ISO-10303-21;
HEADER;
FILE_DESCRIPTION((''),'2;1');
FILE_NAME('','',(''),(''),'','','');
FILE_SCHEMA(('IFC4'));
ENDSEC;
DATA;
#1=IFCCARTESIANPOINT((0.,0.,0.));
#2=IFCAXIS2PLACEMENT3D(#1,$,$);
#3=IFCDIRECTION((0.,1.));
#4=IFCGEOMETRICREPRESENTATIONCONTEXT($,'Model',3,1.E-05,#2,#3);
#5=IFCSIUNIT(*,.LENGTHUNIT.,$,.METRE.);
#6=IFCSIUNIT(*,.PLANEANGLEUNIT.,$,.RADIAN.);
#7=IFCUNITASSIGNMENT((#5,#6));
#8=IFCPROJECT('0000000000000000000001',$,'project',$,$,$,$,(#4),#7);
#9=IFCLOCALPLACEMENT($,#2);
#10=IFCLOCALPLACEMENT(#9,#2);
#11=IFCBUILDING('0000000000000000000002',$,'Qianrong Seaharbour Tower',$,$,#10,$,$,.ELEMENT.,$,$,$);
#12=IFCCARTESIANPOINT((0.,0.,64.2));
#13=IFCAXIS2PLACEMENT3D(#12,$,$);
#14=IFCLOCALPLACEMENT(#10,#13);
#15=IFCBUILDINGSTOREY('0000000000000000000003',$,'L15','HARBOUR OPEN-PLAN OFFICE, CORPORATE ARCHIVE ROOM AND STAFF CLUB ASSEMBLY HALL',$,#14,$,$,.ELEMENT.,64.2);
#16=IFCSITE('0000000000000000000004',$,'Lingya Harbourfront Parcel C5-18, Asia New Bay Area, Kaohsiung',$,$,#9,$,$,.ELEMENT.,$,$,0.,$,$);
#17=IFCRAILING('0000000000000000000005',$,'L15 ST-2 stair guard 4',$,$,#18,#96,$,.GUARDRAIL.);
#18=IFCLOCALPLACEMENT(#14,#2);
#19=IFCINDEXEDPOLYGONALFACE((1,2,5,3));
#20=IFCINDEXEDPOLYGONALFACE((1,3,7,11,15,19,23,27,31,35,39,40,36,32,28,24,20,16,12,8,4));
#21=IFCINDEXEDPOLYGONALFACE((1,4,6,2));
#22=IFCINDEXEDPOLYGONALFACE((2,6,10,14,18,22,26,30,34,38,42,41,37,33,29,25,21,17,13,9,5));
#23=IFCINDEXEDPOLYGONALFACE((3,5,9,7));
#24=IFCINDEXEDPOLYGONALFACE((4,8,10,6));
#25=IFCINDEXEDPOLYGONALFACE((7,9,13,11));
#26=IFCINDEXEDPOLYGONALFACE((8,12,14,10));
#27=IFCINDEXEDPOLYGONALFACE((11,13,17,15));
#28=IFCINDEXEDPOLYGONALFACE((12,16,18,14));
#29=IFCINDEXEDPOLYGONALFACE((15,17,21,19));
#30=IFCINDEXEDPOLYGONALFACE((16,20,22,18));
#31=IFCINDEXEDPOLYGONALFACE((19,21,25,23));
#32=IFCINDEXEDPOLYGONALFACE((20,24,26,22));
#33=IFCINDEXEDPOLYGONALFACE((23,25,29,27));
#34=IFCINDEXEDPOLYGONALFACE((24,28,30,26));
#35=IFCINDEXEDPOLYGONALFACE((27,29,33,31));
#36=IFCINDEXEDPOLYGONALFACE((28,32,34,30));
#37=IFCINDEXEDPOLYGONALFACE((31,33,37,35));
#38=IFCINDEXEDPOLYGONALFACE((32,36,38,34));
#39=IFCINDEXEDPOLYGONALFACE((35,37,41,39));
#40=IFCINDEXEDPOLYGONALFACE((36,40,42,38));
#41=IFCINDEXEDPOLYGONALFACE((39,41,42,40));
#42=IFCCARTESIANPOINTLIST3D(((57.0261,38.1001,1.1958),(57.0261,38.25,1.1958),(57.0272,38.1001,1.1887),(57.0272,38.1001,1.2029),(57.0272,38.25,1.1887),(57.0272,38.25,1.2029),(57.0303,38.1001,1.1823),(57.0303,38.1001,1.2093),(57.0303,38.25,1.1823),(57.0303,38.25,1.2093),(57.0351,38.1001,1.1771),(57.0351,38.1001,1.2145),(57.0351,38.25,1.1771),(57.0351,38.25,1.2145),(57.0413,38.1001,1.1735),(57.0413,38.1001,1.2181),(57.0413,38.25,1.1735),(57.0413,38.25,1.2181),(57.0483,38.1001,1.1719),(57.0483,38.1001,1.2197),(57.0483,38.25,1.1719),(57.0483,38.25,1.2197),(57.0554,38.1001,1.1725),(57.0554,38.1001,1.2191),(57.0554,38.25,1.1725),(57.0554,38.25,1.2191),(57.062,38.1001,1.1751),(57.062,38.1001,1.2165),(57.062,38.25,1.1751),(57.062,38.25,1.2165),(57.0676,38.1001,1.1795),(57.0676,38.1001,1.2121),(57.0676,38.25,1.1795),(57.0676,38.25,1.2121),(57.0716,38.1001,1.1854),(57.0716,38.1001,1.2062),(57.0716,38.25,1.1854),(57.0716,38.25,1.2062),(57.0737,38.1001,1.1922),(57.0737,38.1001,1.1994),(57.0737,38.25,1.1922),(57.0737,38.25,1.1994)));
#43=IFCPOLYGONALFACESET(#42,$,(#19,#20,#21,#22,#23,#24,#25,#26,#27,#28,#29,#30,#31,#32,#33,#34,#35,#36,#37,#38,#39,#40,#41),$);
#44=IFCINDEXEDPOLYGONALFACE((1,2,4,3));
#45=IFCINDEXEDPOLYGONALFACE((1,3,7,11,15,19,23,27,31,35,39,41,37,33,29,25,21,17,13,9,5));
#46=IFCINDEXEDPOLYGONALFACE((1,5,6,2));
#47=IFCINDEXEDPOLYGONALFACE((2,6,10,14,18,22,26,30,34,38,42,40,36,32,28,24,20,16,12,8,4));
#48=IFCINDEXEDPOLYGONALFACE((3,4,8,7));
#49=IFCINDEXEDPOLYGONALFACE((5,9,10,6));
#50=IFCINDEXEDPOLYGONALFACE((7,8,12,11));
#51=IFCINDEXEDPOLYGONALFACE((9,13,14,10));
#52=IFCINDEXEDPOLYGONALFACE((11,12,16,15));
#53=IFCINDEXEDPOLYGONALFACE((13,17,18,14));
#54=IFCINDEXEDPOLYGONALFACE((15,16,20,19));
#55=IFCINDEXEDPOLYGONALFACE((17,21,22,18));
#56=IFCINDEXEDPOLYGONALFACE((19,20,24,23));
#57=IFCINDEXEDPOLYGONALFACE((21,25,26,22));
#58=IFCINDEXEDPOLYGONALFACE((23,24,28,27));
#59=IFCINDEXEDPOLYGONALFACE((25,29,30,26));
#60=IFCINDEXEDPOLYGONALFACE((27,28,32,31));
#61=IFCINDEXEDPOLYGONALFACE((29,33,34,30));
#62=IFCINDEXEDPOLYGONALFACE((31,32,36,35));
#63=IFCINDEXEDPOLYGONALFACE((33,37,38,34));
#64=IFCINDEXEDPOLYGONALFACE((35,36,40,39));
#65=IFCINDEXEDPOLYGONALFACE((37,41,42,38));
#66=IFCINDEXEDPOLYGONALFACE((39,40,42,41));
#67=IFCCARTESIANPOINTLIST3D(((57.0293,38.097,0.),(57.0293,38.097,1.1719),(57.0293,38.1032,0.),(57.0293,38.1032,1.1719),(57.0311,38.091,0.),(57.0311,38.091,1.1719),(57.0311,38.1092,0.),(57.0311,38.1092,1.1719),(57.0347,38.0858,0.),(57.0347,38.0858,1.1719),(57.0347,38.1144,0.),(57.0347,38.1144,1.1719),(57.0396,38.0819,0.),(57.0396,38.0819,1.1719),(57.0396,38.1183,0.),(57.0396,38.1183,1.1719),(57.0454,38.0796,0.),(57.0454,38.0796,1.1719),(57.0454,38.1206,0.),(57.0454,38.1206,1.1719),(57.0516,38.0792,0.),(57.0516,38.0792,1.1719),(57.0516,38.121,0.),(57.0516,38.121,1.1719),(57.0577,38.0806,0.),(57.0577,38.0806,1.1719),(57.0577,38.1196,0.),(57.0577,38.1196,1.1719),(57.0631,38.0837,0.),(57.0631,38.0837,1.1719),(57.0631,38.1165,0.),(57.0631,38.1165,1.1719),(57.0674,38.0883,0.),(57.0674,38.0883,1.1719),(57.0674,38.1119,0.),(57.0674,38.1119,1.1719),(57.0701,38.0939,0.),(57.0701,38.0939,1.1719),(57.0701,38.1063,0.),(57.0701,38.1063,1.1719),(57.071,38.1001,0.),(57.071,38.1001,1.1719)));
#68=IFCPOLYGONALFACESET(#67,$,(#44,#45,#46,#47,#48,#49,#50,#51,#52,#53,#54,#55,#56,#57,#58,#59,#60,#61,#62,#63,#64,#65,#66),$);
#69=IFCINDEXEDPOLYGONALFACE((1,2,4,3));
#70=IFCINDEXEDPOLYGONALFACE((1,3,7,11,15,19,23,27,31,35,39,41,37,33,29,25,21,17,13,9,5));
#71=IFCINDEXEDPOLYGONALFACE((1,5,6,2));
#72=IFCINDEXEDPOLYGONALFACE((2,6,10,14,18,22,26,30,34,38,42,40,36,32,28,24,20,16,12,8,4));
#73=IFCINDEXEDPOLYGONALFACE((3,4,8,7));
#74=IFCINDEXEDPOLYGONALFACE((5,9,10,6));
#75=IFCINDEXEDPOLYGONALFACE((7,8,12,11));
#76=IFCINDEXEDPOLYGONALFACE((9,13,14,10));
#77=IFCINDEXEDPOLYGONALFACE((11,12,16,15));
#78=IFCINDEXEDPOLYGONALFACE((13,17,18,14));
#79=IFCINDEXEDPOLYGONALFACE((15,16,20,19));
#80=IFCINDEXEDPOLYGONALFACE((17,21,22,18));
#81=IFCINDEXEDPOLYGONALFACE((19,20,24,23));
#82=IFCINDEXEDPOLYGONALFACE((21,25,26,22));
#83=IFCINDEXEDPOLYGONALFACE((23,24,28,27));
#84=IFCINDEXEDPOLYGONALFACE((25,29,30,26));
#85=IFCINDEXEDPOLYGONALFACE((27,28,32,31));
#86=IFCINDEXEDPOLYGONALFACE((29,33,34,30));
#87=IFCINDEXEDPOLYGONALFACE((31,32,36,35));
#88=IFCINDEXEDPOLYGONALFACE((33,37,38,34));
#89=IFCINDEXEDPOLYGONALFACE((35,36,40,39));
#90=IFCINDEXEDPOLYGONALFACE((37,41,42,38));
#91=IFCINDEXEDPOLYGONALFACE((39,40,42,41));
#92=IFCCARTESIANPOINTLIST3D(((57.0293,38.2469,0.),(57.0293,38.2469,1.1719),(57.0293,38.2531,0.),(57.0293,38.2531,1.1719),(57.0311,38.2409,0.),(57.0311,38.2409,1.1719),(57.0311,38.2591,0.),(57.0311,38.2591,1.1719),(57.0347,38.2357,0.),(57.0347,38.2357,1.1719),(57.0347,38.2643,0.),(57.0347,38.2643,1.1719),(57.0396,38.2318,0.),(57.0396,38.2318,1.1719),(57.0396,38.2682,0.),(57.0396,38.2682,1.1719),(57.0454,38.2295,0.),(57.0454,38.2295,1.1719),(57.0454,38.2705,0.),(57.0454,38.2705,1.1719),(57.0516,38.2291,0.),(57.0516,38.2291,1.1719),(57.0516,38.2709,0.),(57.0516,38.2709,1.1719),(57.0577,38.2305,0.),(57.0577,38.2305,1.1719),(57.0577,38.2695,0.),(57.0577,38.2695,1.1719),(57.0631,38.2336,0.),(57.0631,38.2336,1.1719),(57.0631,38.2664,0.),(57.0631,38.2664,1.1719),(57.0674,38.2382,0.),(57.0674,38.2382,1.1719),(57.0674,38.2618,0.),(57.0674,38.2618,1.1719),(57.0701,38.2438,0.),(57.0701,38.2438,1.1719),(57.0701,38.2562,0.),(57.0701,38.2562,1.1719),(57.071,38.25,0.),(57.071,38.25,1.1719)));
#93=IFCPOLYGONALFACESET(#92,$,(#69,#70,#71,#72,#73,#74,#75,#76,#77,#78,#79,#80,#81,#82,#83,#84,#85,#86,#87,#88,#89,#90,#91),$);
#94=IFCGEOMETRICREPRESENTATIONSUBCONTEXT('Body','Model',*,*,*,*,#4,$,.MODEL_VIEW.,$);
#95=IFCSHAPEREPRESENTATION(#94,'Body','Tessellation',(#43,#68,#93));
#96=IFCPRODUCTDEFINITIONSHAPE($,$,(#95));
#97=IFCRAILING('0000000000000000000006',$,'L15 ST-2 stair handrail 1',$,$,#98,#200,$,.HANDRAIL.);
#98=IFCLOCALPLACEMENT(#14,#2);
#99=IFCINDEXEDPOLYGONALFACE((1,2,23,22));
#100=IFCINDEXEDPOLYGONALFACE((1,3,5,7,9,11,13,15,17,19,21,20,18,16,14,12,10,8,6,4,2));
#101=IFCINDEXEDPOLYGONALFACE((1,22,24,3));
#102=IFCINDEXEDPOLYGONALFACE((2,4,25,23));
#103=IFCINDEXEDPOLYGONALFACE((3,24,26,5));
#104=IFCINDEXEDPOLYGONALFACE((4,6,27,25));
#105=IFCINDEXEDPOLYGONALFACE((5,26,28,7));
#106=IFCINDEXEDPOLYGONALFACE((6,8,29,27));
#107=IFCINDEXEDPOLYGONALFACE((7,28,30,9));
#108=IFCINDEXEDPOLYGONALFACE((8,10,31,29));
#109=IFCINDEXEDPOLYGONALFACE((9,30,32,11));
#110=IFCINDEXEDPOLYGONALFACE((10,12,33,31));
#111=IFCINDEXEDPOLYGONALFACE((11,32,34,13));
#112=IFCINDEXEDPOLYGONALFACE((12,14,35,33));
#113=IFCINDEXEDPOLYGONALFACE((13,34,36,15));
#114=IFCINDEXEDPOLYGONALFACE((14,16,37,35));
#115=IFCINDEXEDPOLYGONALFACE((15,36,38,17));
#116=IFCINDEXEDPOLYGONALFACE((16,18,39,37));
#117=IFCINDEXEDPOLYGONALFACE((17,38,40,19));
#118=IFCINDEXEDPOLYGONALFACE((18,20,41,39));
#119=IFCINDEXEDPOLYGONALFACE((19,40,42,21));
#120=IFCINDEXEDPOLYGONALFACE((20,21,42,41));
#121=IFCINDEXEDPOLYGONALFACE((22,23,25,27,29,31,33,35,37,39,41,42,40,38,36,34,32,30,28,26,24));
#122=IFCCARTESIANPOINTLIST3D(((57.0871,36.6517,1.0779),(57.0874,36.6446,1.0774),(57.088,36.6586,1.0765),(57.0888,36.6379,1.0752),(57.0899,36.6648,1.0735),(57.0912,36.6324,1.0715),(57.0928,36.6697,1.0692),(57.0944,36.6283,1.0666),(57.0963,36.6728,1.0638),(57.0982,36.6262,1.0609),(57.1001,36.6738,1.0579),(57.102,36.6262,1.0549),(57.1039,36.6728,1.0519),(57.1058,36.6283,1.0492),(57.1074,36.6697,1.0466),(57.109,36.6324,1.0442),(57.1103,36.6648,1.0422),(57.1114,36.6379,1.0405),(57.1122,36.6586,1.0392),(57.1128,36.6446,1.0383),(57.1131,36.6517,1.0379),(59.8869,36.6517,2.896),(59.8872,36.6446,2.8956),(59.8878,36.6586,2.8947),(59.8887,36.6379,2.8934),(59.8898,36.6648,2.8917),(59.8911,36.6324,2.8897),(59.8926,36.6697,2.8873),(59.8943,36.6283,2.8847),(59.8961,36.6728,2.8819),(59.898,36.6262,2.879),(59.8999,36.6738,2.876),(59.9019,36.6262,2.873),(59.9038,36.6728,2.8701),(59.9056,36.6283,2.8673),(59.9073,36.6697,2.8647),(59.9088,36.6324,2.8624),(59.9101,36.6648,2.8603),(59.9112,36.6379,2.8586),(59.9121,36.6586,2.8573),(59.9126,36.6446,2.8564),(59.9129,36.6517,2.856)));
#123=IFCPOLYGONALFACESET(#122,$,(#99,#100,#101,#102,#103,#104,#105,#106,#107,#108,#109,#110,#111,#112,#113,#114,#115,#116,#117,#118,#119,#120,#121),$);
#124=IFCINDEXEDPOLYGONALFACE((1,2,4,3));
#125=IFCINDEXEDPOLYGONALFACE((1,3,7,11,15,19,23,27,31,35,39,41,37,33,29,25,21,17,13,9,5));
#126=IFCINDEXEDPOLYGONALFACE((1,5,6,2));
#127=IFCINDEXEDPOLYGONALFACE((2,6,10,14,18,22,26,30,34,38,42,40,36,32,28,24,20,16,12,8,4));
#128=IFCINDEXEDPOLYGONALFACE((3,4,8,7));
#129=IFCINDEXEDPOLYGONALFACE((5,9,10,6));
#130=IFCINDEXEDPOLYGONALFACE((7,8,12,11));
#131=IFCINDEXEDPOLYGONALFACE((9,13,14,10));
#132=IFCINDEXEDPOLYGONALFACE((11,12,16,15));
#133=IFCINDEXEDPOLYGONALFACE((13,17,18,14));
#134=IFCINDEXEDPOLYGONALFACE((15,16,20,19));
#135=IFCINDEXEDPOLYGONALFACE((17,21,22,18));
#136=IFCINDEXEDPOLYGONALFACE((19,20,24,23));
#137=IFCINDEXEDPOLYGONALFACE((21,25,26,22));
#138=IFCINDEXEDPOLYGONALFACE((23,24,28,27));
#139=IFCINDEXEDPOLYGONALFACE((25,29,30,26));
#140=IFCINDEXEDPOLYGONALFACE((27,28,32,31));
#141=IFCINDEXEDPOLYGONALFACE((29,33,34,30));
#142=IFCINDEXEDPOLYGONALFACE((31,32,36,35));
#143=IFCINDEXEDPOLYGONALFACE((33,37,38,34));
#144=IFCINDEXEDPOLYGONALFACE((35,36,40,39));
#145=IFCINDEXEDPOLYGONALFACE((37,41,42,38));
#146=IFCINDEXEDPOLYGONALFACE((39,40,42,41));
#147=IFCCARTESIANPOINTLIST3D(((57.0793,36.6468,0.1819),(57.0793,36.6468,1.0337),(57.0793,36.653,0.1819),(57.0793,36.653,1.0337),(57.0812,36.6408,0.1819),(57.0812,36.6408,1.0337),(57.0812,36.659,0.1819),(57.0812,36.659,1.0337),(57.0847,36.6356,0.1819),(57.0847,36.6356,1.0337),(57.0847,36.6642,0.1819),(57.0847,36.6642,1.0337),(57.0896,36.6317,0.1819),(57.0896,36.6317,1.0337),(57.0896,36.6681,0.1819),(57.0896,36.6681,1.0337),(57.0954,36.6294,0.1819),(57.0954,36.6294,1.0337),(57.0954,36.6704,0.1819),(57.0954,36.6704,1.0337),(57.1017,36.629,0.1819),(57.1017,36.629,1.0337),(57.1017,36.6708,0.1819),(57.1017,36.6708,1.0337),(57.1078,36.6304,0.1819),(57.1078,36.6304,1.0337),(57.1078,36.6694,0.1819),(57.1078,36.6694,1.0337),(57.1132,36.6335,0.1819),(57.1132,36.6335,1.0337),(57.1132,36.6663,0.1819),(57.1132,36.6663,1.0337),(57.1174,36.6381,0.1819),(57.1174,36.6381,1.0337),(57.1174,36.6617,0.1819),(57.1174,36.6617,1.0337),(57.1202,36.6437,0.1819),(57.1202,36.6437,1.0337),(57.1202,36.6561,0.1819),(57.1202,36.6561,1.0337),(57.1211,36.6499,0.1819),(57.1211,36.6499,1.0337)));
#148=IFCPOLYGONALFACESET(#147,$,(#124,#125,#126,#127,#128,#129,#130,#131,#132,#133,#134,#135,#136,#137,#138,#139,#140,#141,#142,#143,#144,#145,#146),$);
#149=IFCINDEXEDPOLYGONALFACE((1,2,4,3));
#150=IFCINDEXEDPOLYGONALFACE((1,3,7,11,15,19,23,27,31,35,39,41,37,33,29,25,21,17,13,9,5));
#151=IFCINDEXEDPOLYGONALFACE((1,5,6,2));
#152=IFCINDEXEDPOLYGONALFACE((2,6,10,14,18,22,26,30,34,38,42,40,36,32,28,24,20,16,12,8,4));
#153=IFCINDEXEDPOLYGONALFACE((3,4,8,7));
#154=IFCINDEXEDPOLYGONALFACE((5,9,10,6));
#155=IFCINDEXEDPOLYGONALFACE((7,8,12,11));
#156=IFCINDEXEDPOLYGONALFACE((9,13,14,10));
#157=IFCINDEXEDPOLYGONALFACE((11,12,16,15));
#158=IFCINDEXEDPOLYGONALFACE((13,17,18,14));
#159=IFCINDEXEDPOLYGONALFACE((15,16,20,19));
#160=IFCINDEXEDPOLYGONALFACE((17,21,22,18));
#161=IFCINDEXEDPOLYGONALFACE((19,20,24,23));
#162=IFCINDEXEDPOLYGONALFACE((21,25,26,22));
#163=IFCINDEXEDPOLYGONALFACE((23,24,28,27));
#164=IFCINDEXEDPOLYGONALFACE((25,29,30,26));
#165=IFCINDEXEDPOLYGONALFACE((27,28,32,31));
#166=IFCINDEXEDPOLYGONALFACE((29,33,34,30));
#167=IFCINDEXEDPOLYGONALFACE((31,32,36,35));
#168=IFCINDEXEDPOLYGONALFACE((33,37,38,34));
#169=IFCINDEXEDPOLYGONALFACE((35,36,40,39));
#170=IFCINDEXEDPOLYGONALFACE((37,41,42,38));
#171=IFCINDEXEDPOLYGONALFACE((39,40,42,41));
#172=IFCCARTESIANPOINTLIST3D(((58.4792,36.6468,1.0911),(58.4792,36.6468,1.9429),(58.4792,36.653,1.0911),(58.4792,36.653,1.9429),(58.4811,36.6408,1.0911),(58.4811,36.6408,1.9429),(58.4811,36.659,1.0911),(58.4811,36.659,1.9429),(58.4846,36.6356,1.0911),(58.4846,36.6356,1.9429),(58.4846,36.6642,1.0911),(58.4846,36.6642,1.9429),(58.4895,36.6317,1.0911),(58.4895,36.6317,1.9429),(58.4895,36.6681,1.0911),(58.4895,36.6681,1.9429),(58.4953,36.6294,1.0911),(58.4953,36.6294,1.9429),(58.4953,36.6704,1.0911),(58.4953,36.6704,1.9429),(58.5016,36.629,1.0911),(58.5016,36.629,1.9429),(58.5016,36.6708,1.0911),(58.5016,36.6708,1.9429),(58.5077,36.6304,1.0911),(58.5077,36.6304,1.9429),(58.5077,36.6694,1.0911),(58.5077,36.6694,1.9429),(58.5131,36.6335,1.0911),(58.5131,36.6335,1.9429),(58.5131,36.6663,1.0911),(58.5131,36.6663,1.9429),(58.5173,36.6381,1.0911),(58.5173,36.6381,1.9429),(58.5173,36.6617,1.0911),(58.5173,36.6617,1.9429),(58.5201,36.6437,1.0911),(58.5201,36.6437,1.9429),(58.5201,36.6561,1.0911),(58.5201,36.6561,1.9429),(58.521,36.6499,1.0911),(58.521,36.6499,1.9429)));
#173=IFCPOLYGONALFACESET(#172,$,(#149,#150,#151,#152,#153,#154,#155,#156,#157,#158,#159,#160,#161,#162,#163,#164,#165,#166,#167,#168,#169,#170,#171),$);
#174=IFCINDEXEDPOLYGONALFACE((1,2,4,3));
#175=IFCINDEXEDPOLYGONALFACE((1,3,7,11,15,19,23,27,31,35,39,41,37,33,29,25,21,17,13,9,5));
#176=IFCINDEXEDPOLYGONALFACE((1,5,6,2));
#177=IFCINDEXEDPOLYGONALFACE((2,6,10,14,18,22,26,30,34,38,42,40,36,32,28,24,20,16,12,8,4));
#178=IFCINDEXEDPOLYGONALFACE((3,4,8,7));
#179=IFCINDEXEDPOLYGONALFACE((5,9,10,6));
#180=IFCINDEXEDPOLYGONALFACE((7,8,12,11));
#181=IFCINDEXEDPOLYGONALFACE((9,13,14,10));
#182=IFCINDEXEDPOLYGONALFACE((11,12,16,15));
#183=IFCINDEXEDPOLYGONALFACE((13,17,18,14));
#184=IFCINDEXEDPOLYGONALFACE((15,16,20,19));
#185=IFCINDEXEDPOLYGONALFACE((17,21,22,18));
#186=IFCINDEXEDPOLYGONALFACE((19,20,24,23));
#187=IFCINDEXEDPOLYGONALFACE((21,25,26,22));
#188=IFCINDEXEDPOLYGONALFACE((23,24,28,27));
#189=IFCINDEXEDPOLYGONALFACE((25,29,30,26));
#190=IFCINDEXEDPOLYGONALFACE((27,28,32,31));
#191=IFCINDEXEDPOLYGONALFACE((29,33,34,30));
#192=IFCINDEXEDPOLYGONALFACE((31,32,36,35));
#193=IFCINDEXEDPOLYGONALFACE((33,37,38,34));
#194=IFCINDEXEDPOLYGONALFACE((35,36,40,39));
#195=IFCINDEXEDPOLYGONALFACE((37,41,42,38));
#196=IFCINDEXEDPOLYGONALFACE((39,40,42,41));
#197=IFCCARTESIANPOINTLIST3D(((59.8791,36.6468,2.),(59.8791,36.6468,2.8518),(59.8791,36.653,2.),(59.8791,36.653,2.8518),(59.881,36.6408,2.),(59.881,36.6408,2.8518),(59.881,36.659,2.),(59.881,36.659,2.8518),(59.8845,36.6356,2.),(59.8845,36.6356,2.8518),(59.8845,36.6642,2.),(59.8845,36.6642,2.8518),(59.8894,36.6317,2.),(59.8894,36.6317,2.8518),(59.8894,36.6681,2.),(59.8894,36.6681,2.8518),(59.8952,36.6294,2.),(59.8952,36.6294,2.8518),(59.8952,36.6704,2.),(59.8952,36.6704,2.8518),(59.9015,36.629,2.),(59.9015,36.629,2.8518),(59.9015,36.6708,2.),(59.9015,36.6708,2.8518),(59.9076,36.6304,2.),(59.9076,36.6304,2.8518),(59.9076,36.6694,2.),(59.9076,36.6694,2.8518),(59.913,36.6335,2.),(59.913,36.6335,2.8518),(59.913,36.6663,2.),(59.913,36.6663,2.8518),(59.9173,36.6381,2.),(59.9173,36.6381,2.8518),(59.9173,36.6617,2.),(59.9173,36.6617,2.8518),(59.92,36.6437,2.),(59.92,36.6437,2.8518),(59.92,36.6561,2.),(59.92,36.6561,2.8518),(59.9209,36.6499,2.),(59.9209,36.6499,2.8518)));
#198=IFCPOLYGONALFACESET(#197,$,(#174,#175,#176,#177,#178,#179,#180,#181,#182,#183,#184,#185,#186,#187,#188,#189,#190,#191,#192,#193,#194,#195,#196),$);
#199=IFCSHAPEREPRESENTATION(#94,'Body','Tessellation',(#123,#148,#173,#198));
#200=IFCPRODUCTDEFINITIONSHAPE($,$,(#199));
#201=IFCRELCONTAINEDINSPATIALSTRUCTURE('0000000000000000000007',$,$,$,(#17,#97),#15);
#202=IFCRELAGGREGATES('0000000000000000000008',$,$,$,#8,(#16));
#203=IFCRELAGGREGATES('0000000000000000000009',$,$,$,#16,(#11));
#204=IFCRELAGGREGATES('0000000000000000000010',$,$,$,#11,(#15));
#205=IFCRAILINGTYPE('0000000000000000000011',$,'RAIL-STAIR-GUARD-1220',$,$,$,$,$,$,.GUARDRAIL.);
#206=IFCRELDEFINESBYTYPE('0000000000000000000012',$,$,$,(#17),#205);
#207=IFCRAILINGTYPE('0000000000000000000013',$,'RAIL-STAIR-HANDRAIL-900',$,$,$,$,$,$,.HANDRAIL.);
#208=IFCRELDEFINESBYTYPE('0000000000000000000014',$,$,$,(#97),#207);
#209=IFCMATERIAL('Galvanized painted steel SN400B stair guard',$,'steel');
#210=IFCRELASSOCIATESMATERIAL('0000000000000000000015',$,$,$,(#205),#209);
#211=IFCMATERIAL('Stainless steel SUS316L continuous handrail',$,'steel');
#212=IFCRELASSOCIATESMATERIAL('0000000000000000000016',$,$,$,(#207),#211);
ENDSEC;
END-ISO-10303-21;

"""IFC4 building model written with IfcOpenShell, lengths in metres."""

from ifc_helpers import new_model, si_unit, direction, frame, origin, origin_2d, place, context, subcontext, project, spatial, circle, extrude, material, type_object, element, save


model = new_model("IFC4")

# Units and contexts
model_context = context("Model", 3, precision=1e-05, world=origin(), true_north=direction((0.0, 1.0)))
body_context = subcontext(model_context, "Body", "Model", "MODEL_VIEW")
ifc_project = project(units=[si_unit("LENGTHUNIT", "METRE"), si_unit("PLANEANGLEUNIT", "RADIAN")], contexts=[model_context])

# Site, building, storey
site_placement = place(None, origin())
site = spatial("IfcSite", under=ifc_project, at=site_placement, Name="Lingya Harbourfront Parcel C5-18, Asia New Bay Area, Kaohsiung", CompositionType="ELEMENT", RefElevation=0.0)
building_placement = place(site_placement, origin())
building = spatial("IfcBuilding", under=site, at=building_placement, Name="Qianrong Seaharbour Tower", CompositionType="ELEMENT")
storey_placement = place(building_placement, frame((0.0, 0.0, 64.2)))
storey = spatial("IfcBuildingStorey", under=building, at=storey_placement, Name="L15", Description="HARBOUR OPEN-PLAN OFFICE, CORPORATE ARCHIVE ROOM AND STAFF CLUB ASSEMBLY HALL", CompositionType="ELEMENT", Elevation=64.2)

# Railings
ifc_material_1 = material(Name="Galvanized painted steel SN400B stair guard", Category="steel")
railing_type_1 = type_object("IfcRailingType", Name="RAIL-STAIR-GUARD-1220", PredefinedType="GUARDRAIL", material=ifc_material_1)
railing_1_placement = place(storey_placement, frame((57.05, 38.1001, 0.0)))
element("IfcRailing", 1, at=railing_1_placement, inside=storey, type_object=railing_type_1, Name="L15 ST-2 stair guard 4", PredefinedType="GUARDRAIL", context=body_context, shape_type="SweptSolid", body=[
    extrude(circle(Radius=0.0239, at=origin_2d()), frame((0.0, 0.0, 1.1958), z_axis=(0.0, 1.0, 0.0), x_axis=(-1.0, 0.0, 0.0)), (0.0, 0.0, 1.0), 0.1499),
    extrude(circle(Radius=0.021, at=origin_2d()), origin(), (0.0, 0.0, 1.0), 1.1719),
    extrude(circle(Radius=0.021, at=origin_2d()), frame((0.0, 0.1499, 0.0)), (0.0, 0.0, 1.0), 1.1719),
])
ifc_material_2 = material(Name="Stainless steel SUS316L continuous handrail", Category="steel")
railing_type_2 = type_object("IfcRailingType", Name="RAIL-STAIR-HANDRAIL-900", PredefinedType="HANDRAIL", material=ifc_material_2)
railing_2_placement = place(storey_placement, frame((57.1001, 36.6499, 0.1819)))
element("IfcRailing", 2, at=railing_2_placement, inside=storey, type_object=railing_type_2, Name="L15 ST-2 stair handrail 1", PredefinedType="HANDRAIL", context=body_context, shape_type="SweptSolid", body=[
    extrude(circle(Radius=0.0239, at=origin_2d()), frame((0.0, 0.0, 0.876), z_axis=(0.838684, 0.0, 0.544618), x_axis=(0.0, 1.0, 0.0)), (0.0, 0.0, 1.0), 3.3384),
    extrude(circle(Radius=0.021, at=origin_2d()), origin(), (0.0, 0.0, 1.0), 0.8518),
    extrude(circle(Radius=0.021, at=origin_2d()), frame((1.3999, 0.0, 0.9092)), (0.0, 0.0, 1.0), 0.8518),
    extrude(circle(Radius=0.021, at=origin_2d()), frame((2.7998, 0.0, 1.8181)), (0.0, 0.0, 1.0), 0.8518),
])

save(model, "model.ifc")
